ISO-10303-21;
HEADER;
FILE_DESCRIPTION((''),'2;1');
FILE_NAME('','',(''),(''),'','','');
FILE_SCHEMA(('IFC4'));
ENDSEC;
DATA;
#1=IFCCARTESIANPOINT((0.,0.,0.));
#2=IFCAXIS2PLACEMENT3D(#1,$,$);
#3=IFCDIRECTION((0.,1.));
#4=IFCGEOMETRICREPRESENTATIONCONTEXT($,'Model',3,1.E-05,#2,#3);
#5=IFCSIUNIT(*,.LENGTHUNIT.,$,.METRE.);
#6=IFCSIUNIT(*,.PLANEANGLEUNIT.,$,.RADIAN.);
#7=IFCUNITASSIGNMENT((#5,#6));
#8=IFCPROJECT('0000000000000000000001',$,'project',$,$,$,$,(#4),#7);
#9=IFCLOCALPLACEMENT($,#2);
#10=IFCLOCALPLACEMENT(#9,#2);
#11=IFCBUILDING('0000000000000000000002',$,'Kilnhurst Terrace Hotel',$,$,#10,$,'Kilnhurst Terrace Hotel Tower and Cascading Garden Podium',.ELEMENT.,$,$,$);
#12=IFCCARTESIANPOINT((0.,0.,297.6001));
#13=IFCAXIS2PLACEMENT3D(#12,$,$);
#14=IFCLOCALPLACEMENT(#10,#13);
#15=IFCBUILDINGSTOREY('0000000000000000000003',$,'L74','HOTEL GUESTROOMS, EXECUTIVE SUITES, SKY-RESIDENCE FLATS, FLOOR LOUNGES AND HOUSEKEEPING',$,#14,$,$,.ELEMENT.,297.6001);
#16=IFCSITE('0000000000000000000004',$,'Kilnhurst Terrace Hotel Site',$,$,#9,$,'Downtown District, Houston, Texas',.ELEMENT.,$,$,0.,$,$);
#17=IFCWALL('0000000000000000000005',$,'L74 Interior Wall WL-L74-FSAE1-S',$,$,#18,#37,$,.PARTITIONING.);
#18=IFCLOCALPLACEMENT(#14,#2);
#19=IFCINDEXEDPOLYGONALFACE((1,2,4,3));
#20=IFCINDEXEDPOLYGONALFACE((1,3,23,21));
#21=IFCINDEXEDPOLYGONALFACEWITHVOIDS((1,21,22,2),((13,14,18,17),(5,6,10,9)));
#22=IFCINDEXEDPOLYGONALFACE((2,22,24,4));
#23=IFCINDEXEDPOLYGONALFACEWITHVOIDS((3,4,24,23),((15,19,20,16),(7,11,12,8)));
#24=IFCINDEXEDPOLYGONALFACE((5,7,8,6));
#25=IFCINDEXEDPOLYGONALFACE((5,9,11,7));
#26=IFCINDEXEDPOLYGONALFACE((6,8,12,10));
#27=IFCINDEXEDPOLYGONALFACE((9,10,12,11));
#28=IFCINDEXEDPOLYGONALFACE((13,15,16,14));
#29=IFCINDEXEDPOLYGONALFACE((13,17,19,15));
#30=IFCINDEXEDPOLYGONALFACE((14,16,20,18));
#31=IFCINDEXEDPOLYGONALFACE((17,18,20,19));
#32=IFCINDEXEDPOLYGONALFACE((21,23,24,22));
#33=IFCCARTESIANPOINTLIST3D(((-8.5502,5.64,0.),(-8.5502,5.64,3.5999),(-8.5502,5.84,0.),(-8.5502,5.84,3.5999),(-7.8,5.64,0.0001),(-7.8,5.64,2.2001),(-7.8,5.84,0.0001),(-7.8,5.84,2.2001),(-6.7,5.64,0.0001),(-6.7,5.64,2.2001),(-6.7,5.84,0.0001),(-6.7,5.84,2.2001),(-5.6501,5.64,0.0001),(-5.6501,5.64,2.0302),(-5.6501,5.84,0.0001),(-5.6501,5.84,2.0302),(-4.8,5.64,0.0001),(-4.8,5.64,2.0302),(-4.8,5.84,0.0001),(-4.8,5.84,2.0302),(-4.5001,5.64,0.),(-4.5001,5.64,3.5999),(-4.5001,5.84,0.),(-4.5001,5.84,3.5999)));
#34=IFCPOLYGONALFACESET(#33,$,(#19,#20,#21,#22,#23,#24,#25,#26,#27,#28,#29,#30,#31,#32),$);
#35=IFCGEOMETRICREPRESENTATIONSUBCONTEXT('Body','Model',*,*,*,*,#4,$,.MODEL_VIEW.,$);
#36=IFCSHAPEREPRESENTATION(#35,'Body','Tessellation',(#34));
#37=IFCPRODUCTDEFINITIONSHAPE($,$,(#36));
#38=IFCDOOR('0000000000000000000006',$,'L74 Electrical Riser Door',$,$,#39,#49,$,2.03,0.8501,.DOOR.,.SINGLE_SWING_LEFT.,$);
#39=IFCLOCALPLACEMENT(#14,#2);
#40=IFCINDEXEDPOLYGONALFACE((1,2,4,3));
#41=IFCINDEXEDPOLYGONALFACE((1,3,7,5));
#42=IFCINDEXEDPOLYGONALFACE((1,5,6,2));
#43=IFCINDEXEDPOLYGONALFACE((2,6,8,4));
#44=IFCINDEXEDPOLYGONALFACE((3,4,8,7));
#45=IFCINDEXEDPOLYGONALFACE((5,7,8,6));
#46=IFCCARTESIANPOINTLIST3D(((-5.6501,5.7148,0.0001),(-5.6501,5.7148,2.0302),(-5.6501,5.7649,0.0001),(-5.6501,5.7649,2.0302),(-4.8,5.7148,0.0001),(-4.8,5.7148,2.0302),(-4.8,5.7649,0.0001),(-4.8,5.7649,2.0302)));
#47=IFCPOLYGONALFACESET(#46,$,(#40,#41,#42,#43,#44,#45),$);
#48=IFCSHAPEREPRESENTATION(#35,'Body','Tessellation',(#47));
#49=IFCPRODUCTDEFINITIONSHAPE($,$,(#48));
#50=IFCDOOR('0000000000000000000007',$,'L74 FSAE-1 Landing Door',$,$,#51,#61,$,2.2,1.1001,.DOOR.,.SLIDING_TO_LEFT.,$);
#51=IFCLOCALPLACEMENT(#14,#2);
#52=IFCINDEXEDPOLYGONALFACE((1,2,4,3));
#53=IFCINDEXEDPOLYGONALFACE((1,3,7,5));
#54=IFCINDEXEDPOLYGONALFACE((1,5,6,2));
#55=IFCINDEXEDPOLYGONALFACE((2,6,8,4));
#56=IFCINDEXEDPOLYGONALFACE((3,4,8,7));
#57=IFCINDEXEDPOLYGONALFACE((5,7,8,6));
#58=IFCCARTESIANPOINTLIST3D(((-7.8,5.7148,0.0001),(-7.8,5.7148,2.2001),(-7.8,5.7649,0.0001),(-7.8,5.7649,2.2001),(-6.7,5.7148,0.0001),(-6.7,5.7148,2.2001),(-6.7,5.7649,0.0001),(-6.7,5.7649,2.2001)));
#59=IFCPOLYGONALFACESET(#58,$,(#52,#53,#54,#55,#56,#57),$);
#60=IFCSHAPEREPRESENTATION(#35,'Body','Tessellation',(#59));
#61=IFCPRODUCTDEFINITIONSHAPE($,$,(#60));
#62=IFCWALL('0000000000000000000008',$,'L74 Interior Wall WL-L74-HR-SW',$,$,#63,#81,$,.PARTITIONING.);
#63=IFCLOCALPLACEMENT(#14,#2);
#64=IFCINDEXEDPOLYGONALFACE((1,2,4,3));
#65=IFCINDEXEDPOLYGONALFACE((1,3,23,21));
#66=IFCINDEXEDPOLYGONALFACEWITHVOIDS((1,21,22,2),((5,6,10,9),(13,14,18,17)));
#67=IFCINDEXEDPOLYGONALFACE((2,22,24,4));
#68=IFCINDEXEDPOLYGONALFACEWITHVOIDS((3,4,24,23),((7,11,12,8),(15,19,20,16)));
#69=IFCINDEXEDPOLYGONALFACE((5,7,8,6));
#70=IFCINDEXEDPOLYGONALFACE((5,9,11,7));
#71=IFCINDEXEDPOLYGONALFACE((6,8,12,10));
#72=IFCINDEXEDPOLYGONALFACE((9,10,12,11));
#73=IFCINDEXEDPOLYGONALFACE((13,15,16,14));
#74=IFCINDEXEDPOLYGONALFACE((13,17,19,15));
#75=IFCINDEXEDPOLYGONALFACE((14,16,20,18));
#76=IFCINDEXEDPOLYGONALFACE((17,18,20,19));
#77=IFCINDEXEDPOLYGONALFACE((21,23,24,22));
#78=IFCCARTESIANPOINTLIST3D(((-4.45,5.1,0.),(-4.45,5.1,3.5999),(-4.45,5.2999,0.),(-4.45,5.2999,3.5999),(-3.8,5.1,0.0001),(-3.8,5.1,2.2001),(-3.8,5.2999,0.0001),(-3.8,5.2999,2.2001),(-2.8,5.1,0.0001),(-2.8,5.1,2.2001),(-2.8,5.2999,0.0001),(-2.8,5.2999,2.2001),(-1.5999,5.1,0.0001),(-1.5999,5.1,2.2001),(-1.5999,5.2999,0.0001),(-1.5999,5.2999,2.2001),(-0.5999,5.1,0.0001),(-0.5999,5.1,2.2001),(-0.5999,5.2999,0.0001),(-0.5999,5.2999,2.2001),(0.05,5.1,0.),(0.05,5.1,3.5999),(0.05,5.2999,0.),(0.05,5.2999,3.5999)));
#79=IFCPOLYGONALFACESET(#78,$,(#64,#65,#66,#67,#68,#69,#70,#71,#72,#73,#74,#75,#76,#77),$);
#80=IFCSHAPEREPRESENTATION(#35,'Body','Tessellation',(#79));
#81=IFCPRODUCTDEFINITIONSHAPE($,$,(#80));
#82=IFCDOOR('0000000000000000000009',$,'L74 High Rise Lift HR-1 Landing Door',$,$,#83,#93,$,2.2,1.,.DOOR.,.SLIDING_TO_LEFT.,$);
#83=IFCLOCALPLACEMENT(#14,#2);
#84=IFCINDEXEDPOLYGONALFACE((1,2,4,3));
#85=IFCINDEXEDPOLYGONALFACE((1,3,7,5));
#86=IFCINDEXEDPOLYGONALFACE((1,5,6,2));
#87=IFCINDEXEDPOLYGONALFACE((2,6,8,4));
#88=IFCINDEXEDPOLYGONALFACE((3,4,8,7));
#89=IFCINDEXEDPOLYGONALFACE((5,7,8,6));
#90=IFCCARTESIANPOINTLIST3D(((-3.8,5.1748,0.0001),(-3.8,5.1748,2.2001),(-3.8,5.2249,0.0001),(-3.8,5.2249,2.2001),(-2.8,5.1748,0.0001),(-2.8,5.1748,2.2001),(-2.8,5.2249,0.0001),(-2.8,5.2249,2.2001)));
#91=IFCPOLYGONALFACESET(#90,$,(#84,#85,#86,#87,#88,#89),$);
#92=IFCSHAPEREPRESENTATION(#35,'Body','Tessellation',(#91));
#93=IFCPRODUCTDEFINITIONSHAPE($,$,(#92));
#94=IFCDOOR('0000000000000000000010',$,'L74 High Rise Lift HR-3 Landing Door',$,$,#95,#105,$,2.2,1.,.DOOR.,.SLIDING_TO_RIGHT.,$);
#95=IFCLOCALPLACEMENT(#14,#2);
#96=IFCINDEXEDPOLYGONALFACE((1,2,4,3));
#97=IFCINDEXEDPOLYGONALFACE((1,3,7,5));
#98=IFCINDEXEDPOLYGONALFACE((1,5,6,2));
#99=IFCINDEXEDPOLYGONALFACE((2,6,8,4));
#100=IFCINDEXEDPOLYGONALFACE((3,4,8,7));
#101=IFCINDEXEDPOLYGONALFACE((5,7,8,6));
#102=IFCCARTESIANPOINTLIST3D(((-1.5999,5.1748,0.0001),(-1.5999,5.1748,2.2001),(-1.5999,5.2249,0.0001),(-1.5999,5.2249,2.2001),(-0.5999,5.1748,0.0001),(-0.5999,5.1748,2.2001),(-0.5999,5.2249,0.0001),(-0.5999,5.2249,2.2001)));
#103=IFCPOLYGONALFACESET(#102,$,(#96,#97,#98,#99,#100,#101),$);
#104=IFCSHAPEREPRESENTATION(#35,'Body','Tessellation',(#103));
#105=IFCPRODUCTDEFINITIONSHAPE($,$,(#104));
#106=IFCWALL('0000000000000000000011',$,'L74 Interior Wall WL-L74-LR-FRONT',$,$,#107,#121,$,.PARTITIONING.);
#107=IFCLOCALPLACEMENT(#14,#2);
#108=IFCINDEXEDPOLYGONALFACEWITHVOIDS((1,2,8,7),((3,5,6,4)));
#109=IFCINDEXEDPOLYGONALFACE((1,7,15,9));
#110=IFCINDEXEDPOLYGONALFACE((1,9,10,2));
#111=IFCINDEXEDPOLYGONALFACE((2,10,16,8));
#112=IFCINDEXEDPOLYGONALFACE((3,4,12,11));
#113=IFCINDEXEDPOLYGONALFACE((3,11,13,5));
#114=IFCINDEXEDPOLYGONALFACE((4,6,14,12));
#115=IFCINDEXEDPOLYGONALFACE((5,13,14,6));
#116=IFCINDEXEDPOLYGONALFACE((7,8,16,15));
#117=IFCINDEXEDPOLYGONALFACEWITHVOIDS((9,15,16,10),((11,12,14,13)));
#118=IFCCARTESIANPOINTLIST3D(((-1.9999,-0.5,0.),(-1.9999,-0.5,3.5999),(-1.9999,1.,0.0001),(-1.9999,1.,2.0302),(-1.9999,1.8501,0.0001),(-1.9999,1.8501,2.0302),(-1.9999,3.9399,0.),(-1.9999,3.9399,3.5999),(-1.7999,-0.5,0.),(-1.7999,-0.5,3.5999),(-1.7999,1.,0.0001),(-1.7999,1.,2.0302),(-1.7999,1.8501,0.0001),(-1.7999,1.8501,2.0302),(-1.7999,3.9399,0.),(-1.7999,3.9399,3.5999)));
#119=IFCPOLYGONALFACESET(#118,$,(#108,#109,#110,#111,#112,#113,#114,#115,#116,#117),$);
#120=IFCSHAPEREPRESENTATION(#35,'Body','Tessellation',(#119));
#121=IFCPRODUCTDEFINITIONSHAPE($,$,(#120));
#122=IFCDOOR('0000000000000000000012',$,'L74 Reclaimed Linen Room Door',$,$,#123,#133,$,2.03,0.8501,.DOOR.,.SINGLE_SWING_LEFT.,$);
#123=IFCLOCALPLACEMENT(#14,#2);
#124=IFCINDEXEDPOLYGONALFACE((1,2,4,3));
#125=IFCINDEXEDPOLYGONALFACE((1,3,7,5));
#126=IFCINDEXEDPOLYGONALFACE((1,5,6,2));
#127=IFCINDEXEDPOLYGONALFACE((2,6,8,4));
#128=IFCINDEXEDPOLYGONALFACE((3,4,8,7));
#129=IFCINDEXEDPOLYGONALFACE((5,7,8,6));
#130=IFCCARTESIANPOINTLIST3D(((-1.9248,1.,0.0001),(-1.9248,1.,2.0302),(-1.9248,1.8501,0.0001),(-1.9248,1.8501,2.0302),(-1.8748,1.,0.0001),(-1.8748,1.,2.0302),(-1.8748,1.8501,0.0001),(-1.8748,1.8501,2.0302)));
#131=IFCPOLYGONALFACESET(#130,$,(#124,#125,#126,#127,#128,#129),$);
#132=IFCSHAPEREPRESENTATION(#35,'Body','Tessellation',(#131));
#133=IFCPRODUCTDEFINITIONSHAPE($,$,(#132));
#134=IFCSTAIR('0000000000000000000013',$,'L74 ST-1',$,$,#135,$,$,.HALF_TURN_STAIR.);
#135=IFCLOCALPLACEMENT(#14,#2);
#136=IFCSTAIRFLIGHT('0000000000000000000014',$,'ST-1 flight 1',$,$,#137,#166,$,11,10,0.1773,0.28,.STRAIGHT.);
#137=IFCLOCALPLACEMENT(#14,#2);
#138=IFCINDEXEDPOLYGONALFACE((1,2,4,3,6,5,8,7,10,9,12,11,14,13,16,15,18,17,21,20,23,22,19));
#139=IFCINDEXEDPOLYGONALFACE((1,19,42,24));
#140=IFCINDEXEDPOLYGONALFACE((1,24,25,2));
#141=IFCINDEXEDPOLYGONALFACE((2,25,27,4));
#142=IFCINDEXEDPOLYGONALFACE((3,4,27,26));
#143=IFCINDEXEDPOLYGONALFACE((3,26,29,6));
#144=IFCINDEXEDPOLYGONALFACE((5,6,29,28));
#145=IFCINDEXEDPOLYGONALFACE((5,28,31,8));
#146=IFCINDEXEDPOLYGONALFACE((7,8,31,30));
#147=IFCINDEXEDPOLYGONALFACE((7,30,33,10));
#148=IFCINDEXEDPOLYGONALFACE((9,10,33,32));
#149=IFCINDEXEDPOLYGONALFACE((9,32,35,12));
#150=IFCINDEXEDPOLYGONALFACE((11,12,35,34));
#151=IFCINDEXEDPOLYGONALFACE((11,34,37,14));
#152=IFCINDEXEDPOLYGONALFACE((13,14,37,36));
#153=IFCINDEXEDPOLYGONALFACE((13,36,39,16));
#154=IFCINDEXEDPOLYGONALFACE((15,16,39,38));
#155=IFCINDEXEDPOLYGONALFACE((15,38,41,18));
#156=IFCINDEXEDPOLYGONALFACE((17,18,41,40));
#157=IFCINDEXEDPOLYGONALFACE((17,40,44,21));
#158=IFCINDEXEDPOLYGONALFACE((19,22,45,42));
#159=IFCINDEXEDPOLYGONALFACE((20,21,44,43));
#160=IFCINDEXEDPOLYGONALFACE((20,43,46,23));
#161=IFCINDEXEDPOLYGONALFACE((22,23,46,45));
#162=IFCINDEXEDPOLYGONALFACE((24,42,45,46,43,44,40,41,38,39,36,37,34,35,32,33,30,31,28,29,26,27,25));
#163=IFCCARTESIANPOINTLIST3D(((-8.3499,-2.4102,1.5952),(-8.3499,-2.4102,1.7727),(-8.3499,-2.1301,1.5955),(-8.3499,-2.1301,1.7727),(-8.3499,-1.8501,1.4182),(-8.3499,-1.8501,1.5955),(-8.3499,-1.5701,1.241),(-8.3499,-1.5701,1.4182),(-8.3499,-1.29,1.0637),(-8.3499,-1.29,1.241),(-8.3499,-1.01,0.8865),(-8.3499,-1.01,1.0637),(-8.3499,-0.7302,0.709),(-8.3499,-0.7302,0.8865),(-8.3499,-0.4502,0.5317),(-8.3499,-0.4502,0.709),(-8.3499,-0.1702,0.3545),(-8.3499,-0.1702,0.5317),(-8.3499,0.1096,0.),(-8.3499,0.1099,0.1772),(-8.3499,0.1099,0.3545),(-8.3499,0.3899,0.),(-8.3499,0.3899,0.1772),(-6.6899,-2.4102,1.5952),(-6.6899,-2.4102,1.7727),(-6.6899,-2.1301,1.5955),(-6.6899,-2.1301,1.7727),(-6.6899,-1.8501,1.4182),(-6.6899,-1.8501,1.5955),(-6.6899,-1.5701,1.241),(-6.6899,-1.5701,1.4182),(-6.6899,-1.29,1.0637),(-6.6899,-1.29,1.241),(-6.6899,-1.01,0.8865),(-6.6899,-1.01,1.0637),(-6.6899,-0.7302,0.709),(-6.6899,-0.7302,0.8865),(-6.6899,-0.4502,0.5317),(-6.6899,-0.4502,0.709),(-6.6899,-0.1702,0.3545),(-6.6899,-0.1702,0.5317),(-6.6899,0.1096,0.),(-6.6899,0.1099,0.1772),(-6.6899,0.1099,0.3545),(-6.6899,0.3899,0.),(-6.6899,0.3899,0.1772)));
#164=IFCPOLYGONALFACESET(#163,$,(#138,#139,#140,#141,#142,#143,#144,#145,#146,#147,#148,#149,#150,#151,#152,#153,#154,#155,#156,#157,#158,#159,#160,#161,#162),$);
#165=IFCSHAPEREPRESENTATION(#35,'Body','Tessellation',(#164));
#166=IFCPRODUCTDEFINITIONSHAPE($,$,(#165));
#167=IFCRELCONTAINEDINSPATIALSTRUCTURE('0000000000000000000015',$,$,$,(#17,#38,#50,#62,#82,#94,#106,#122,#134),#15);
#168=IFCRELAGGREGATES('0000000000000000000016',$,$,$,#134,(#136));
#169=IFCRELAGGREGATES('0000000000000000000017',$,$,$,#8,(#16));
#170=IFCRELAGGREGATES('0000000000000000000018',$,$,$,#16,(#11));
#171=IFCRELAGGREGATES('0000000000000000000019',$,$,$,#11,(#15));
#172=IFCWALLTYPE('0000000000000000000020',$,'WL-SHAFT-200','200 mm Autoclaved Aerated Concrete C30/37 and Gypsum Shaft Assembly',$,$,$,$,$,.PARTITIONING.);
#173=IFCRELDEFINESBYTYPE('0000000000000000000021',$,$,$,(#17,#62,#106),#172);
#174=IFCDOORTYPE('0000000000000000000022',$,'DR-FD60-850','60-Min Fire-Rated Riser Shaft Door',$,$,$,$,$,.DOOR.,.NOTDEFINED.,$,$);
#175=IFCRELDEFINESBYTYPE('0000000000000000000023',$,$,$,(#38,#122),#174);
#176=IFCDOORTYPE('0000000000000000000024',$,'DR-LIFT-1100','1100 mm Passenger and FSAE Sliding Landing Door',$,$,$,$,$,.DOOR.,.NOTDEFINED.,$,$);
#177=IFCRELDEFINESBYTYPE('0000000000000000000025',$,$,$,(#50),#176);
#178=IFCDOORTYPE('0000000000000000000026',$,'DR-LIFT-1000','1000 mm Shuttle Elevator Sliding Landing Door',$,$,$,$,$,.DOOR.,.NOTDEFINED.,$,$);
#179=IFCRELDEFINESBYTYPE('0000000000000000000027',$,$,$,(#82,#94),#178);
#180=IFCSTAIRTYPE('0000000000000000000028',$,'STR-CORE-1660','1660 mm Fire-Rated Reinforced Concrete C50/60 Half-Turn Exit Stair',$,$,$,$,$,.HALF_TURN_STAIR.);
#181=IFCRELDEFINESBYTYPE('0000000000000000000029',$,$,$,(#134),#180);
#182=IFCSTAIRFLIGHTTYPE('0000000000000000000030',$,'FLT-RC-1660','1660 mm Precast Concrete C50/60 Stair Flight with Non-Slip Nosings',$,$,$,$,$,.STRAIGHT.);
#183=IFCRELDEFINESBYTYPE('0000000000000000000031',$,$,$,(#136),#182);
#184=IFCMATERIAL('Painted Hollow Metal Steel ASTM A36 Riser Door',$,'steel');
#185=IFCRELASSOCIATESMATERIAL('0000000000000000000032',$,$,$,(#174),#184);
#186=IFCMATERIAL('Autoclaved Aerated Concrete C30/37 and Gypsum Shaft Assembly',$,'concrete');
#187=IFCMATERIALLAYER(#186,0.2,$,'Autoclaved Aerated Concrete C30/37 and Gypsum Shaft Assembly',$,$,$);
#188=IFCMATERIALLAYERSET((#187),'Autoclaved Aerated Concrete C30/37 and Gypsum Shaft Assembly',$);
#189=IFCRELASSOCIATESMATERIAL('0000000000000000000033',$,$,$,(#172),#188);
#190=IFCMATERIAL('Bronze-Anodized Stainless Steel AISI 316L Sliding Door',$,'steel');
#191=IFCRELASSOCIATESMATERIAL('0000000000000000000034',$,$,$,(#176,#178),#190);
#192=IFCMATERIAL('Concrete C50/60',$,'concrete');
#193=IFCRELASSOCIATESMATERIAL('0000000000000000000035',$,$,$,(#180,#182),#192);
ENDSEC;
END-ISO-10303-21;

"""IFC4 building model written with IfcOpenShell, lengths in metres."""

from ifc_helpers import new_model, si_unit, direction, frame, frame_2d, origin, place, context, subcontext, project, spatial, polyline, rectangle, outline, extrude, material, layer, layer_set, type_object, element, fill, aggregate, save


model = new_model("IFC4")

# Units and contexts
model_context = context("Model", 3, precision=1e-05, world=origin(), true_north=direction((0.0, 1.0)))
body_context = subcontext(model_context, "Body", "Model", "MODEL_VIEW")
ifc_project = project(units=[si_unit("LENGTHUNIT", "METRE"), si_unit("PLANEANGLEUNIT", "RADIAN")], contexts=[model_context])

# Site, building, storey
site_placement = place(None, origin())
site = spatial("IfcSite", under=ifc_project, at=site_placement, Name="Kilnhurst Terrace Hotel Site", LongName="Downtown District, Houston, Texas", CompositionType="ELEMENT", RefElevation=0.0)
building_placement = place(site_placement, origin())
building = spatial("IfcBuilding", under=site, at=building_placement, Name="Kilnhurst Terrace Hotel", LongName="Kilnhurst Terrace Hotel Tower and Cascading Garden Podium", CompositionType="ELEMENT")
storey_placement = place(building_placement, frame((0.0, 0.0, 297.6001)))
storey = spatial("IfcBuildingStorey", under=building, at=storey_placement, Name="L74", Description="HOTEL GUESTROOMS, EXECUTIVE SUITES, SKY-RESIDENCE FLATS, FLOOR LOUNGES AND HOUSEKEEPING", CompositionType="ELEMENT", Elevation=297.6001)

# Walls, openings, doors
ifc_material_1 = material(Name="Painted Hollow Metal Steel ASTM A36 Riser Door", Category="steel")
door_type_1 = type_object("IfcDoorType", Name="DR-FD60-850", Description="60-Min Fire-Rated Riser Shaft Door", OperationType="NOTDEFINED", PredefinedType="DOOR", material=ifc_material_1)
ifc_material_2 = material(Name="Autoclaved Aerated Concrete C30/37 and Gypsum Shaft Assembly", Category="concrete")
ifc_layer_1 = layer(ifc_material_2, 0.2, Name="Autoclaved Aerated Concrete C30/37 and Gypsum Shaft Assembly")
ifc_layer_set_1 = layer_set([ifc_layer_1], Name="Autoclaved Aerated Concrete C30/37 and Gypsum Shaft Assembly")
wall_type_1 = type_object("IfcWallType", Name="WL-SHAFT-200", Description="200 mm Autoclaved Aerated Concrete C30/37 and Gypsum Shaft Assembly", PredefinedType="PARTITIONING", material=ifc_layer_set_1)
wall_1_placement = place(storey_placement, frame((-8.55, 5.74, 0.0), z_axis=(0.0, 0.0, 1.0), x_axis=(1.0, 0.0, 0.0)))
wall_1 = element("IfcWall", 1, at=wall_1_placement, inside=storey, type_object=wall_type_1, Name="L74 Interior Wall WL-L74-FSAE1-S", PredefinedType="PARTITIONING", context=body_context, shape_type="SweptSolid", body=[
    extrude(rectangle(XDim=4.05, YDim=0.2, at=frame_2d((2.0249, 0.0))), origin(), (0.0, 0.0, 1.0), 3.5999),
])
opening_1_placement = place(wall_1_placement, frame((0.75, 0.0, 0.0)))
opening_1 = element("IfcOpeningElement", 2, at=opening_1_placement, cuts=wall_1, PredefinedType="OPENING", context=body_context, shape_type="SweptSolid", body=[
    extrude(rectangle(XDim=1.1001, YDim=2.2, at=frame_2d((0.55, 1.1001))), frame((0.0, 0.1099, 0.0), z_axis=(0.0, -1.0, 0.0), x_axis=(1.0, 0.0, 0.0)), (0.0, 0.0, 1.0), 0.22),
])
opening_2_placement = place(wall_1_placement, frame((2.8999, 0.0, 0.0)))
opening_2 = element("IfcOpeningElement", 3, at=opening_2_placement, cuts=wall_1, PredefinedType="OPENING", context=body_context, shape_type="SweptSolid", body=[
    extrude(rectangle(XDim=0.8501, YDim=2.03, at=frame_2d((0.425, 1.0151))), frame((0.0, 0.1099, 0.0), z_axis=(0.0, -1.0, 0.0), x_axis=(1.0, 0.0, 0.0)), (0.0, 0.0, 1.0), 0.22),
])
door_1_placement = place(opening_2_placement, origin())
door_1 = element("IfcDoor", 4, at=door_1_placement, inside=storey, type_object=door_type_1, Name="L74 Electrical Riser Door", OperationType="SINGLE_SWING_LEFT", OverallHeight=2.03, OverallWidth=0.8501, PredefinedType="DOOR", context=body_context, shape_type="SweptSolid", body=[
    extrude(rectangle(XDim=0.8501, YDim=2.03, at=frame_2d((0.425, 1.0151))), frame((0.0, 0.0249, 0.0), z_axis=(0.0, -1.0, 0.0), x_axis=(1.0, 0.0, 0.0)), (0.0, 0.0, 1.0), 0.05),
])
fill(opening_2, door_1)
ifc_material_3 = material(Name="Bronze-Anodized Stainless Steel AISI 316L Sliding Door", Category="steel")
door_type_2 = type_object("IfcDoorType", Name="DR-LIFT-1100", Description="1100 mm Passenger and FSAE Sliding Landing Door", OperationType="NOTDEFINED", PredefinedType="DOOR", material=ifc_material_3)
door_2_placement = place(opening_1_placement, origin())
door_2 = element("IfcDoor", 5, at=door_2_placement, inside=storey, type_object=door_type_2, Name="L74 FSAE-1 Landing Door", OperationType="SLIDING_TO_LEFT", OverallHeight=2.2, OverallWidth=1.1001, PredefinedType="DOOR", context=body_context, shape_type="SweptSolid", body=[
    extrude(rectangle(XDim=1.1001, YDim=2.2, at=frame_2d((0.55, 1.1001))), frame((0.0, 0.0249, 0.0), z_axis=(0.0, -1.0, 0.0), x_axis=(1.0, 0.0, 0.0)), (0.0, 0.0, 1.0), 0.05),
])
fill(opening_1, door_2)
wall_2_placement = place(storey_placement, frame((-4.45, 5.2, 0.0), z_axis=(0.0, 0.0, 1.0), x_axis=(1.0, 0.0, 0.0)))
wall_2 = element("IfcWall", 6, at=wall_2_placement, inside=storey, type_object=wall_type_1, Name="L74 Interior Wall WL-L74-HR-SW", PredefinedType="PARTITIONING", context=body_context, shape_type="SweptSolid", body=[
    extrude(rectangle(XDim=4.5, YDim=0.2, at=frame_2d((2.25, 0.0))), origin(), (0.0, 0.0, 1.0), 3.5999),
])
opening_3_placement = place(wall_2_placement, frame((0.6499, 0.0, 0.0)))
opening_3 = element("IfcOpeningElement", 7, at=opening_3_placement, cuts=wall_2, PredefinedType="OPENING", context=body_context, shape_type="SweptSolid", body=[
    extrude(rectangle(XDim=1.0, YDim=2.2, at=frame_2d((0.5, 1.1001))), frame((0.0, 0.1099, 0.0), z_axis=(0.0, -1.0, 0.0), x_axis=(1.0, 0.0, 0.0)), (0.0, 0.0, 1.0), 0.22),
])
opening_4_placement = place(wall_2_placement, frame((2.8501, 0.0, 0.0)))
opening_4 = element("IfcOpeningElement", 8, at=opening_4_placement, cuts=wall_2, PredefinedType="OPENING", context=body_context, shape_type="SweptSolid", body=[
    extrude(rectangle(XDim=1.0, YDim=2.2, at=frame_2d((0.5, 1.1001))), frame((0.0, 0.1099, 0.0), z_axis=(0.0, -1.0, 0.0), x_axis=(1.0, 0.0, 0.0)), (0.0, 0.0, 1.0), 0.22),
])
door_type_3 = type_object("IfcDoorType", Name="DR-LIFT-1000", Description="1000 mm Shuttle Elevator Sliding Landing Door", OperationType="NOTDEFINED", PredefinedType="DOOR", material=ifc_material_3)
door_3_placement = place(opening_3_placement, origin())
door_3 = element("IfcDoor", 9, at=door_3_placement, inside=storey, type_object=door_type_3, Name="L74 High Rise Lift HR-1 Landing Door", OperationType="SLIDING_TO_LEFT", OverallHeight=2.2, OverallWidth=1.0, PredefinedType="DOOR", context=body_context, shape_type="SweptSolid", body=[
    extrude(rectangle(XDim=1.0, YDim=2.2, at=frame_2d((0.5, 1.1001))), frame((0.0, 0.0249, 0.0), z_axis=(0.0, -1.0, 0.0), x_axis=(1.0, 0.0, 0.0)), (0.0, 0.0, 1.0), 0.05),
])
fill(opening_3, door_3)
door_4_placement = place(opening_4_placement, origin())
door_4 = element("IfcDoor", 10, at=door_4_placement, inside=storey, type_object=door_type_3, Name="L74 High Rise Lift HR-3 Landing Door", OperationType="SLIDING_TO_RIGHT", OverallHeight=2.2, OverallWidth=1.0, PredefinedType="DOOR", context=body_context, shape_type="SweptSolid", body=[
    extrude(rectangle(XDim=1.0, YDim=2.2, at=frame_2d((0.5, 1.1001))), frame((0.0, 0.0249, 0.0), z_axis=(0.0, -1.0, 0.0), x_axis=(1.0, 0.0, 0.0)), (0.0, 0.0, 1.0), 0.05),
])
fill(opening_4, door_4)

# Wall, opening, door
wall_3_placement = place(storey_placement, frame((-1.8999, -0.5, 0.0), z_axis=(0.0, 0.0, 1.0), x_axis=(0.0, 1.0, 0.0)))
wall_3 = element("IfcWall", 11, at=wall_3_placement, inside=storey, type_object=wall_type_1, Name="L74 Interior Wall WL-L74-LR-FRONT", PredefinedType="PARTITIONING", context=body_context, shape_type="SweptSolid", body=[
    extrude(rectangle(XDim=4.4399, YDim=0.2, at=frame_2d((2.22, 0.0))), origin(), (0.0, 0.0, 1.0), 3.5999),
])
opening_5_placement = place(wall_3_placement, frame((1.5, 0.0, 0.0)))
opening_5 = element("IfcOpeningElement", 12, at=opening_5_placement, cuts=wall_3, PredefinedType="OPENING", context=body_context, shape_type="SweptSolid", body=[
    extrude(rectangle(XDim=0.8501, YDim=2.03, at=frame_2d((0.425, 1.0151))), frame((0.0, 0.1099, 0.0), z_axis=(0.0, -1.0, 0.0), x_axis=(1.0, 0.0, 0.0)), (0.0, 0.0, 1.0), 0.22),
])
door_5_placement = place(opening_5_placement, origin())
door_5 = element("IfcDoor", 13, at=door_5_placement, inside=storey, type_object=door_type_1, Name="L74 Reclaimed Linen Room Door", OperationType="SINGLE_SWING_LEFT", OverallHeight=2.03, OverallWidth=0.8501, PredefinedType="DOOR", context=body_context, shape_type="SweptSolid", body=[
    extrude(rectangle(XDim=0.8501, YDim=2.03, at=frame_2d((0.425, 1.0151))), frame((0.0, 0.0249, 0.0), z_axis=(0.0, -1.0, 0.0), x_axis=(1.0, 0.0, 0.0)), (0.0, 0.0, 1.0), 0.05),
])
fill(opening_5, door_5)
ifc_material_4 = material(Name="Concrete C50/60", Category="concrete")

# Stair, stair flight
stair_type = type_object("IfcStairType", Name="STR-CORE-1660", Description="1660 mm Fire-Rated Reinforced Concrete C50/60 Half-Turn Exit Stair", PredefinedType="HALF_TURN_STAIR", material=ifc_material_4)
stair_placement = place(storey_placement, origin())
stair = element("IfcStair", 14, at=stair_placement, inside=storey, type_object=stair_type, Name="L74 ST-1", PredefinedType="HALF_TURN_STAIR")
stair_flight_type = type_object("IfcStairFlightType", Name="FLT-RC-1660", Description="1660 mm Precast Concrete C50/60 Stair Flight with Non-Slip Nosings", PredefinedType="STRAIGHT", material=ifc_material_4)
stair_flight_placement = place(storey_placement, frame((-7.52, 0.3899, 0.0), z_axis=(0.0, 0.0, 1.0), x_axis=(0.0, -1.0, 0.0)))
stair_flight = element("IfcStairFlight", 15, at=stair_flight_placement, type_object=stair_flight_type, Name="ST-1 flight 1", NumberOfRisers=11, NumberOfTreads=10, PredefinedType="STRAIGHT", RiserHeight=0.1773, TreadLength=0.28, context=body_context, shape_type="SweptSolid", body=[
    extrude(outline(polyline([(0.0, 0.0), (0.0, 0.1772), (0.28, 0.1772), (0.28, 0.3545), (0.5601, 0.3545), (0.5601, 0.5317), (0.8401, 0.5317), (0.8401, 0.709), (1.1201, 0.709), (1.1201, 0.8865), (1.3999, 0.8865), (1.3999, 1.0637), (1.6799, 1.0637), (1.6799, 1.241), (1.96, 1.241), (1.96, 1.4182), (2.24, 1.4182), (2.24, 1.5955), (2.52, 1.5955), (2.52, 1.7727), (2.8, 1.7727), (2.8, 1.95), (2.8, 1.5952), (0.2803, 0.0), (0.0, 0.0)])), frame((0.0, 0.8301, 0.0), z_axis=(0.0, -1.0, 0.0), x_axis=(1.0, 0.0, 0.0)), (0.0, 0.0, 1.0), 1.6599),
])
aggregate(stair, [stair_flight])

save(model, "model.ifc")
